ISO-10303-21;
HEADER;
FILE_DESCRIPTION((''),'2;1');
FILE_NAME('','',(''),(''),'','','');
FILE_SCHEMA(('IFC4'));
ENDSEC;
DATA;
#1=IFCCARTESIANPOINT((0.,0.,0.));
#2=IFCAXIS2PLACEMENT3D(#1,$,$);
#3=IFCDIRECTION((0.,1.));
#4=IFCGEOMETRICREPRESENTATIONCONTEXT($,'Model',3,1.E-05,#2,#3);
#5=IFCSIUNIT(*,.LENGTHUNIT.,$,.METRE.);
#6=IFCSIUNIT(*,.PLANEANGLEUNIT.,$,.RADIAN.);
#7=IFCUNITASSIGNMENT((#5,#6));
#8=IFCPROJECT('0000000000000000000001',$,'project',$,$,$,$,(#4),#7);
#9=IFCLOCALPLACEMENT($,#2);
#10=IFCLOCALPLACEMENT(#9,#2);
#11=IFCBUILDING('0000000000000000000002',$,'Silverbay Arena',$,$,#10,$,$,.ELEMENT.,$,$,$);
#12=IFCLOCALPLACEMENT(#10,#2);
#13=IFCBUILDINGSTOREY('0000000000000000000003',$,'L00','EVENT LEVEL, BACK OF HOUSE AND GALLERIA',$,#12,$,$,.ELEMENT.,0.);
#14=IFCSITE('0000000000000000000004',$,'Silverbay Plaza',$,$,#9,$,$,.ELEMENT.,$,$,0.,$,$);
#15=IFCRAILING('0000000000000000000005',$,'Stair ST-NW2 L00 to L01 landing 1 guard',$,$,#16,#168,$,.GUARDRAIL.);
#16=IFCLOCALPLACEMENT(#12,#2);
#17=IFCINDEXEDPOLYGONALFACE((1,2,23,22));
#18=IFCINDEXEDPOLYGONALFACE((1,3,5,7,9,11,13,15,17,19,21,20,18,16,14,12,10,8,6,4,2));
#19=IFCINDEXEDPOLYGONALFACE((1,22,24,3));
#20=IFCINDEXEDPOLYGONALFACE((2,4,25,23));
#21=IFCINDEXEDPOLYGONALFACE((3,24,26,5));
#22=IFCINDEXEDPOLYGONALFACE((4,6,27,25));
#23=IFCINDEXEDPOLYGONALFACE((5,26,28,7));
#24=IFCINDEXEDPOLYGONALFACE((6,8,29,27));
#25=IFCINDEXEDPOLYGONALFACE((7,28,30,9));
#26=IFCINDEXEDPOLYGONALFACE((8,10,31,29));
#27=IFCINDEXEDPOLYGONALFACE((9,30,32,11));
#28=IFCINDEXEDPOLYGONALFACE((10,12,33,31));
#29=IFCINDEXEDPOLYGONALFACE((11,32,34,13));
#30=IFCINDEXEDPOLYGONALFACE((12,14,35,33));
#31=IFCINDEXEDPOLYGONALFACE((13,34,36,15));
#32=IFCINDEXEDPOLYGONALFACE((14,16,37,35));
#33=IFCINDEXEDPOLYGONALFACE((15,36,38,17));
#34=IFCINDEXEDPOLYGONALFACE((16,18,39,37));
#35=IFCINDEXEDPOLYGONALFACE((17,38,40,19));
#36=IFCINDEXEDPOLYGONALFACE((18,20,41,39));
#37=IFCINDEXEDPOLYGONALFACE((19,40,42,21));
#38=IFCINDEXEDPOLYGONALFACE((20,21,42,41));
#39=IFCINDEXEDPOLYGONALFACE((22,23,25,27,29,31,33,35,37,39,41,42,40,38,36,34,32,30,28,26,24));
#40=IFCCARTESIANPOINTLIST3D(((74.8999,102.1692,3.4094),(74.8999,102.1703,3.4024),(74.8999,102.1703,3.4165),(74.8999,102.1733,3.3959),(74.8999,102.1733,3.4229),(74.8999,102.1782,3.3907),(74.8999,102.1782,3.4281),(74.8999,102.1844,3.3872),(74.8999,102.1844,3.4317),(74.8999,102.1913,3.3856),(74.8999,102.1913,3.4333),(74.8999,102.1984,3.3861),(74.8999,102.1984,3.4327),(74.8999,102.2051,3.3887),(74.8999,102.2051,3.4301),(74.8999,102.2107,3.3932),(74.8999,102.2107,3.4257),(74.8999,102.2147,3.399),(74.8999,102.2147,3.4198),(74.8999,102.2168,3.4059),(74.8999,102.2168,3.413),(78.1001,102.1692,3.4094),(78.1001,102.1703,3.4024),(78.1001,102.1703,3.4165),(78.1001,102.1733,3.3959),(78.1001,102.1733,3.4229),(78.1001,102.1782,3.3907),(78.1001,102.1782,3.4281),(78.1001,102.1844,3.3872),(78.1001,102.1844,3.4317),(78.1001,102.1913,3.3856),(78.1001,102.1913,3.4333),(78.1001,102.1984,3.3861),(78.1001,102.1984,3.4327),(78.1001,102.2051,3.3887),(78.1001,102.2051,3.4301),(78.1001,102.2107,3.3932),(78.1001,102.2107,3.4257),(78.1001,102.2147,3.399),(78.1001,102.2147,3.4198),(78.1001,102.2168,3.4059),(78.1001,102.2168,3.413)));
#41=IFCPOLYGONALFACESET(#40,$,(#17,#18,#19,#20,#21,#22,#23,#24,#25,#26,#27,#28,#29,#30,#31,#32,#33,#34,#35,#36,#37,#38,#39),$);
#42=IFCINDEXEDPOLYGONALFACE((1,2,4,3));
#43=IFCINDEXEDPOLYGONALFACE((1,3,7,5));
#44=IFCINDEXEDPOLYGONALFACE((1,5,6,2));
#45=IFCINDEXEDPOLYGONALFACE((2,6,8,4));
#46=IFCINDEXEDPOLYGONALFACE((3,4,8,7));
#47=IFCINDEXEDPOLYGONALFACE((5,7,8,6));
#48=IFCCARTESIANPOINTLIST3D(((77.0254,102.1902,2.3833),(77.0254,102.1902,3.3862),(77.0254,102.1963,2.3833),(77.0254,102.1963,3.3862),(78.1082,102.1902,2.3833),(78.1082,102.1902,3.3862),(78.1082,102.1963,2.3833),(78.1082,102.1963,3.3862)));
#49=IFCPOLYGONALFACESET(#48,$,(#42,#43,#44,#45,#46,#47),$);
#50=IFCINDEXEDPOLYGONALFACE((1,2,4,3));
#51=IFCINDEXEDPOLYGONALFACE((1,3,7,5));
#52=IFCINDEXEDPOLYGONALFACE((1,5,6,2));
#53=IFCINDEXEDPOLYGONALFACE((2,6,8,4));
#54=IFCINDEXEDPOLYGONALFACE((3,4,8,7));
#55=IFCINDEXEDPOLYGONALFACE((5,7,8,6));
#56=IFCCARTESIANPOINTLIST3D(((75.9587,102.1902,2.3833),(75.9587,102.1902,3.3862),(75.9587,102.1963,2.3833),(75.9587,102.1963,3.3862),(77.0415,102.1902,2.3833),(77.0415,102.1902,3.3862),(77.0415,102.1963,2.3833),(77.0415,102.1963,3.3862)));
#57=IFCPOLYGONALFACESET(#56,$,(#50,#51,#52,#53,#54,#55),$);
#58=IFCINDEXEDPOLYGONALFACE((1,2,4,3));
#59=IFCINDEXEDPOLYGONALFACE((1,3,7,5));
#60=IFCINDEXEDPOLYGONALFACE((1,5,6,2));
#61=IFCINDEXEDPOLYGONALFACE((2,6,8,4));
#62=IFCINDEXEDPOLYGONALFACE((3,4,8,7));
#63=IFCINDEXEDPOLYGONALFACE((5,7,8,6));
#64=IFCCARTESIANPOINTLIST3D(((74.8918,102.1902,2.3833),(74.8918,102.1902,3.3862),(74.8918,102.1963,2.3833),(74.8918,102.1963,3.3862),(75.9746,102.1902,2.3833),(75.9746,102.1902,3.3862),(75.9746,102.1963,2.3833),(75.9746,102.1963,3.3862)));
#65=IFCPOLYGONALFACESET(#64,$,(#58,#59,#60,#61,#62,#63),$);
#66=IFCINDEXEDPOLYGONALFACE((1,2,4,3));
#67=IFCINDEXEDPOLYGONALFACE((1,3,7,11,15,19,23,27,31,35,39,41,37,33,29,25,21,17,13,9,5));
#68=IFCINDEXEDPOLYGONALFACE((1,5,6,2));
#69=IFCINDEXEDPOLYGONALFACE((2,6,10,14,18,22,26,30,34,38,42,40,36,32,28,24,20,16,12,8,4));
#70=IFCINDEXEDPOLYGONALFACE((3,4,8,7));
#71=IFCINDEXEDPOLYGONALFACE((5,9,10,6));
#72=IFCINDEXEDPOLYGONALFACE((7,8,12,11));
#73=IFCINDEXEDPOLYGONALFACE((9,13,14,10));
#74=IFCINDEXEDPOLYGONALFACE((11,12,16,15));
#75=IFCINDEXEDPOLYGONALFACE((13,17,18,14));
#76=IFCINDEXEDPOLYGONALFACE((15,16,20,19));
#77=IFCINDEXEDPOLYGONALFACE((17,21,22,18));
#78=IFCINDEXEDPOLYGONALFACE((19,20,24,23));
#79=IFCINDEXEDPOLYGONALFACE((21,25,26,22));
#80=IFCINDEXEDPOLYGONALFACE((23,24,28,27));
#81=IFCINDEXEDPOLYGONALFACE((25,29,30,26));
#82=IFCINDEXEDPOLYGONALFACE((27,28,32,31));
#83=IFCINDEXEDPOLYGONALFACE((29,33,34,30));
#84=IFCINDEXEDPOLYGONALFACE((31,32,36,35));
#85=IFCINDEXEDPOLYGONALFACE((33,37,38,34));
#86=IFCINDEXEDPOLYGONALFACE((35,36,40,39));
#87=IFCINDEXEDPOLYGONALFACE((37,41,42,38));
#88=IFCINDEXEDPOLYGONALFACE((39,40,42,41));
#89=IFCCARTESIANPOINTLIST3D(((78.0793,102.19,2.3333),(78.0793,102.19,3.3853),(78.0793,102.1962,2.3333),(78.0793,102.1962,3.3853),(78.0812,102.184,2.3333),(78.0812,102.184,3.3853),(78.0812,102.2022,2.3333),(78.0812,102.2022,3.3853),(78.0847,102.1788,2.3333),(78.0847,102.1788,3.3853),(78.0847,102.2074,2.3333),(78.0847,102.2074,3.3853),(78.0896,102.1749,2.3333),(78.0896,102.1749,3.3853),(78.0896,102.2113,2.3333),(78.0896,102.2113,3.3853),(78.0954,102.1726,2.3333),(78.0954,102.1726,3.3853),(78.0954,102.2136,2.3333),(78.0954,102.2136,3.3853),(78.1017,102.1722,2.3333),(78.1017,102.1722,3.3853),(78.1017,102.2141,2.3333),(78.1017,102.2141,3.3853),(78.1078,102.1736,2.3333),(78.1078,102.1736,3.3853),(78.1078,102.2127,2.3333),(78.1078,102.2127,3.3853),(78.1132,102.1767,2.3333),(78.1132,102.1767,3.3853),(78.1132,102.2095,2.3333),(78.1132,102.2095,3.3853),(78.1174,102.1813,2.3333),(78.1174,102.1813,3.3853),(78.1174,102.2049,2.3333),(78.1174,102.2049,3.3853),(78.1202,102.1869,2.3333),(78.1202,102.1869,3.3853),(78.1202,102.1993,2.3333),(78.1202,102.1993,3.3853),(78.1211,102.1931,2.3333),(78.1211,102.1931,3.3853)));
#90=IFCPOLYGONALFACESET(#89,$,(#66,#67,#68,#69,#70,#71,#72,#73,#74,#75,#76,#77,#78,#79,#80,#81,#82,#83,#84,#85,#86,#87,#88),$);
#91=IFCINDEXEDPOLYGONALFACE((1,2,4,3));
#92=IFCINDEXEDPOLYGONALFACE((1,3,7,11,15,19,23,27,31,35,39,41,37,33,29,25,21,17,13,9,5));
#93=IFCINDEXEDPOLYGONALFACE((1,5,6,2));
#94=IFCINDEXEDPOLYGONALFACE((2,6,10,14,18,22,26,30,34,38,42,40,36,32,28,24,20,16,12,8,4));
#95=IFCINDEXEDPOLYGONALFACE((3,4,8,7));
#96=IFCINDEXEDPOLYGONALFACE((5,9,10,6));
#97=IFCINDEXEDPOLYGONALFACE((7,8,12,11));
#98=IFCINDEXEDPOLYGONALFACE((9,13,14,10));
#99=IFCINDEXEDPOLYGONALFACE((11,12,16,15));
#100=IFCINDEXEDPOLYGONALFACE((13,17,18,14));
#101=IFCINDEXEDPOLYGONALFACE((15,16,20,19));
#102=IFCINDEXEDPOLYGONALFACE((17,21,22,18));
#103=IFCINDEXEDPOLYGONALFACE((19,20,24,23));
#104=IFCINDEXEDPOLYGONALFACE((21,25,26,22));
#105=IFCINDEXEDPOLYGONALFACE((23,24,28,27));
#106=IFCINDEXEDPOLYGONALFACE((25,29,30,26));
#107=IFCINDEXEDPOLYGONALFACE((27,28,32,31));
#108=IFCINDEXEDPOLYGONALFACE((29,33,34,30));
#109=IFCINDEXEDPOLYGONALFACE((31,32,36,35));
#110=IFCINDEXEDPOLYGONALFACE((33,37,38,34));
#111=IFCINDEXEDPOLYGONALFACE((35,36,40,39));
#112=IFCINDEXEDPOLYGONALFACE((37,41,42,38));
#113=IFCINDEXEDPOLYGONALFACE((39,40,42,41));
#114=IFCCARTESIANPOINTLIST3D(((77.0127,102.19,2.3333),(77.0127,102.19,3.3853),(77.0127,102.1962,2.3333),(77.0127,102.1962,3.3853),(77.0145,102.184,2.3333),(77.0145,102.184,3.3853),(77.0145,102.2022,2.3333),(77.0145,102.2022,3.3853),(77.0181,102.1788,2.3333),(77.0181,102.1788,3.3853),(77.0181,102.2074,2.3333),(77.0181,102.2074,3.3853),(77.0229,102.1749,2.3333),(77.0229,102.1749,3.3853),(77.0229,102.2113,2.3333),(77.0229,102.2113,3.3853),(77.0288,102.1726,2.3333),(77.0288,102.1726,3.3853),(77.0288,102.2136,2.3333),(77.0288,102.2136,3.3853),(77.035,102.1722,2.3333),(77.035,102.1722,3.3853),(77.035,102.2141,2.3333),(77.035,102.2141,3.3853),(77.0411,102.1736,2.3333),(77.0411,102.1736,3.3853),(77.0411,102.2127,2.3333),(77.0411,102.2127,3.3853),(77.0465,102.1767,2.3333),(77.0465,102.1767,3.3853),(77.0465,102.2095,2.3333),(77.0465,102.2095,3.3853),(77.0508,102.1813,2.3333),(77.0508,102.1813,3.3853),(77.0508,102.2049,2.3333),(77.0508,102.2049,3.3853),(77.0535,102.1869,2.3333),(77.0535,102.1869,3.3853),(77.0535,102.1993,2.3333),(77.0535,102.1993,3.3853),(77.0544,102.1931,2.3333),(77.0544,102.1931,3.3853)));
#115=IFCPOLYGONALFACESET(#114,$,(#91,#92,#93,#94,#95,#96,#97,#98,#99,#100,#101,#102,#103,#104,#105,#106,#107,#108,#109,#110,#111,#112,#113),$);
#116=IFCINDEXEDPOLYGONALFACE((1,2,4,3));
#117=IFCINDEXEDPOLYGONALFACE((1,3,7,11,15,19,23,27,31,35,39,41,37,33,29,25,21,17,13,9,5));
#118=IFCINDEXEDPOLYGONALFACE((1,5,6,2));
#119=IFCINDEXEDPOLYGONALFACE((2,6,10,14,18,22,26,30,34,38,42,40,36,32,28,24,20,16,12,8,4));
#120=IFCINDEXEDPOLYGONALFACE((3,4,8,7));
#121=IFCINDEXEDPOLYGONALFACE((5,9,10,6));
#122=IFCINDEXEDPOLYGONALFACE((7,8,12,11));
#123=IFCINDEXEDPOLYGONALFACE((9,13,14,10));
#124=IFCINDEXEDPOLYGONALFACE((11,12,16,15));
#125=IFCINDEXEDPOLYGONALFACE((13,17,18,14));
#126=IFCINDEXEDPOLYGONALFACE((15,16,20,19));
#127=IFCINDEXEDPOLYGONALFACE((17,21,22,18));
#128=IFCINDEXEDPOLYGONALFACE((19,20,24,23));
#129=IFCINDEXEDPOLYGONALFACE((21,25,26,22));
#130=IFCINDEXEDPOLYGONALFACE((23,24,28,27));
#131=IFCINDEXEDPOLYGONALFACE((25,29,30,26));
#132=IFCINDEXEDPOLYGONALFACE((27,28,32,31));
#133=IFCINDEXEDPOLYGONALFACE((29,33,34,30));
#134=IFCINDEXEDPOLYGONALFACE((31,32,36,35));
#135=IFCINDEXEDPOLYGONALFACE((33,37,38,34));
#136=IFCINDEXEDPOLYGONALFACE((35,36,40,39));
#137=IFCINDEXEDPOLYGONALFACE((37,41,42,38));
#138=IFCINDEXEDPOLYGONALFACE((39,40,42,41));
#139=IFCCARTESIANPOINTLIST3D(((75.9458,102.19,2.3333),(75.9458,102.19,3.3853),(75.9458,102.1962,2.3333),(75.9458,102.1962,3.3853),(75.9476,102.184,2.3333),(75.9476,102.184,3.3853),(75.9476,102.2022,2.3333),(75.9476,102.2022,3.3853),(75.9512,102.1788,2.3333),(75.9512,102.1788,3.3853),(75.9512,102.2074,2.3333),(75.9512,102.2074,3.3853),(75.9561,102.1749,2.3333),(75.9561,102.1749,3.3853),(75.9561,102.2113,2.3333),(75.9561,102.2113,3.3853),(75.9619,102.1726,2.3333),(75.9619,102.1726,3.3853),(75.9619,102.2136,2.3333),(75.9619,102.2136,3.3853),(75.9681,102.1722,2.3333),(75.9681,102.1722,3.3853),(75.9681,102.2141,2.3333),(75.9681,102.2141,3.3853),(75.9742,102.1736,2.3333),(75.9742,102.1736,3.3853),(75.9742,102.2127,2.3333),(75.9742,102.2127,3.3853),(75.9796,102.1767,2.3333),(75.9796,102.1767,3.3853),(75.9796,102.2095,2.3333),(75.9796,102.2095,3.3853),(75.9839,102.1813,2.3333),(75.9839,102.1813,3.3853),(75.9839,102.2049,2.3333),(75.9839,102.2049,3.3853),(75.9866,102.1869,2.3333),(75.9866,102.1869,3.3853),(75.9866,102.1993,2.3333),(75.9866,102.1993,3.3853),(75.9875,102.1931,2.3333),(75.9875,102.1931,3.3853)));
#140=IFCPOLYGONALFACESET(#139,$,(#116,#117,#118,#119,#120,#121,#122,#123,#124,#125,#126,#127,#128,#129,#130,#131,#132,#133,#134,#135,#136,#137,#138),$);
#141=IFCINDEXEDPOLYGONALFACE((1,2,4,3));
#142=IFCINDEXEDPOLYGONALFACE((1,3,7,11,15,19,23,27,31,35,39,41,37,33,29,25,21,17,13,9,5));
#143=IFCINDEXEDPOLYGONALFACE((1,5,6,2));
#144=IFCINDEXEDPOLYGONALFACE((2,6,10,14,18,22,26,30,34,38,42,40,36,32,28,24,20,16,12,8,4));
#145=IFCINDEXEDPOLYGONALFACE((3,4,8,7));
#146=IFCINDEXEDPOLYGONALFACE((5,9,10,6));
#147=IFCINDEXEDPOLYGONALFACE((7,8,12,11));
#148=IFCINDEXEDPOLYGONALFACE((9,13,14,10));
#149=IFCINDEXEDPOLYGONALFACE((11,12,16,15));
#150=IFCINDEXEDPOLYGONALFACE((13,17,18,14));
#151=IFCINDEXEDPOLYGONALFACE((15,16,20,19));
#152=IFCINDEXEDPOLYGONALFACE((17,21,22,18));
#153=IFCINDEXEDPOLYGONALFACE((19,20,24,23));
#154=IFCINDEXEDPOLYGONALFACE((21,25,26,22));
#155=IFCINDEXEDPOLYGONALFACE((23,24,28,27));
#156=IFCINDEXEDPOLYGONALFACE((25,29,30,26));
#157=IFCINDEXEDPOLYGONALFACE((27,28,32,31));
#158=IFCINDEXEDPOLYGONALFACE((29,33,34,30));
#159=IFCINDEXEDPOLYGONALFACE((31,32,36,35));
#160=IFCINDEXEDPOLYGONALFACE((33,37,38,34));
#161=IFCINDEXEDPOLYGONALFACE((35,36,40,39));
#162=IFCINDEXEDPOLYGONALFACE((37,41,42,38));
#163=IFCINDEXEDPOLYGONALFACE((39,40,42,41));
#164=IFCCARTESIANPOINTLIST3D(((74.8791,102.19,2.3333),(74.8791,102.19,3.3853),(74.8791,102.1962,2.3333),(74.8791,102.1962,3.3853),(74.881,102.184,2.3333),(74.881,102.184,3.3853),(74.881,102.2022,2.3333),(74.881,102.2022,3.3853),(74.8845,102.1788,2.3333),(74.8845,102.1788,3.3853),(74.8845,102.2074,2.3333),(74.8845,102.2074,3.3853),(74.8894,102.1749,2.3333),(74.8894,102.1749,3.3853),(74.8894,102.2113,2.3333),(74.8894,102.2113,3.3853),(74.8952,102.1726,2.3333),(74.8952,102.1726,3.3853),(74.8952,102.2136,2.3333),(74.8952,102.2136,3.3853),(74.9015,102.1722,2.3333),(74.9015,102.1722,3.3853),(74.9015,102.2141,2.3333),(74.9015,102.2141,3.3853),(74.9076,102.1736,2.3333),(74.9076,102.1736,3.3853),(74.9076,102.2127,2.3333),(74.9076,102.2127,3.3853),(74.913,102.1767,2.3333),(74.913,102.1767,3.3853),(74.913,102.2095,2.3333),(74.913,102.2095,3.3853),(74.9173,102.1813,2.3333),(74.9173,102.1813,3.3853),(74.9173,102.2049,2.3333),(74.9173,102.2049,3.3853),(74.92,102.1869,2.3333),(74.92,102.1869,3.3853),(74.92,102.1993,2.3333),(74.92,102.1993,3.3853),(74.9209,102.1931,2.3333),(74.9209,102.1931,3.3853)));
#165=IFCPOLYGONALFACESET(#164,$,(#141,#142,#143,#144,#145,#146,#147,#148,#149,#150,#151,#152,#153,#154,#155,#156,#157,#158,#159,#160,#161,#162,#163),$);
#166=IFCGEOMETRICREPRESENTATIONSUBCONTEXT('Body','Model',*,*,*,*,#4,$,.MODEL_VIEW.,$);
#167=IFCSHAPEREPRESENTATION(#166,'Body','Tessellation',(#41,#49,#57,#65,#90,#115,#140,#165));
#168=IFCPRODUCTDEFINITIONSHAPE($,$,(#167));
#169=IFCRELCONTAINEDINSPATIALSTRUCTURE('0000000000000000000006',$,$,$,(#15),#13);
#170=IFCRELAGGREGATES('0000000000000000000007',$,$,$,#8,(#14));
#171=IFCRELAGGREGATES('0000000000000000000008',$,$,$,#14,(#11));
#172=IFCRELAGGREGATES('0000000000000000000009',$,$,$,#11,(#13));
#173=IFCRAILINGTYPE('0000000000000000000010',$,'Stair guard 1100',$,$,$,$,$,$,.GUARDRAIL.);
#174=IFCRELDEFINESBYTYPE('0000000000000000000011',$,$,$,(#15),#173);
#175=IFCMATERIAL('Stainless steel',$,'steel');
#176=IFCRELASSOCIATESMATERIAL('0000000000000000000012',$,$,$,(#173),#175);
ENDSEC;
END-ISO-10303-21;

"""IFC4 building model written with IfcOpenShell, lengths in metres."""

from ifc_helpers import new_model, si_unit, direction, frame, origin, origin_2d, place, context, subcontext, project, spatial, polyline, circle, outline, extrude, material, type_object, element, save


model = new_model("IFC4")

# Units and contexts
model_context = context("Model", 3, precision=1e-05, world=origin(), true_north=direction((0.0, 1.0)))
body_context = subcontext(model_context, "Body", "Model", "MODEL_VIEW")
ifc_project = project(units=[si_unit("LENGTHUNIT", "METRE"), si_unit("PLANEANGLEUNIT", "RADIAN")], contexts=[model_context])

# Site, building, storey
site_placement = place(None, origin())
site = spatial("IfcSite", under=ifc_project, at=site_placement, Name="Silverbay Plaza", CompositionType="ELEMENT", RefElevation=0.0)
building_placement = place(site_placement, origin())
building = spatial("IfcBuilding", under=site, at=building_placement, Name="Silverbay Arena", CompositionType="ELEMENT")
storey_placement = place(building_placement, origin())
storey = spatial("IfcBuildingStorey", under=building, at=storey_placement, Name="L00", Description="EVENT LEVEL, BACK OF HOUSE AND GALLERIA", CompositionType="ELEMENT", Elevation=0.0)

# Railing
ifc_material_1 = material(Name="Stainless steel", Category="steel")
railing_type_1 = type_object("IfcRailingType", Name="Stair guard 1100", PredefinedType="GUARDRAIL", material=ifc_material_1)
railing_1_placement = place(storey_placement, frame((78.1001, 102.1931, 2.3333)))
element("IfcRailing", 1, at=railing_1_placement, inside=storey, type_object=railing_type_1, Name="Stair ST-NW2 L00 to L01 landing 1 guard", PredefinedType="GUARDRAIL", context=body_context, shape_type="SweptSolid", body=[
    extrude(circle(Radius=0.0239, at=origin_2d()), frame((0.0, 0.0, 1.0762), z_axis=(-1.0, 0.0, 0.0), x_axis=(0.0, -1.0, 0.0)), (0.0, 0.0, 1.0), 3.2002),
    extrude(outline(polyline([(-0.0081, 0.05), (1.0747, 0.05), (1.0747, 1.053), (-0.0081, 1.053), (-0.0081, 0.05)])), frame((0.0, -0.0029, 0.0), z_axis=(0.0, 1.0, 0.0), x_axis=(-1.0, 0.0, 0.0)), (0.0, 0.0, 1.0), 0.0061),
    extrude(outline(polyline([(-0.0081, 0.05), (1.0747, 0.05), (1.0747, 1.053), (-0.0081, 1.053), (-0.0081, 0.05)])), frame((-1.0667, -0.0029, 0.0), z_axis=(0.0, 1.0, 0.0), x_axis=(-1.0, 0.0, 0.0)), (0.0, 0.0, 1.0), 0.0061),
    extrude(outline(polyline([(-0.0081, 0.05), (1.0747, 0.05), (1.0747, 1.053), (-0.0081, 1.053), (-0.0081, 0.05)])), frame((-2.1335, -0.0029, 0.0), z_axis=(0.0, 1.0, 0.0), x_axis=(-1.0, 0.0, 0.0)), (0.0, 0.0, 1.0), 0.0061),
    extrude(circle(Radius=0.021, at=origin_2d()), origin(), (0.0, 0.0, 1.0), 1.052),
    extrude(circle(Radius=0.021, at=origin_2d()), frame((-1.0667, 0.0, 0.0)), (0.0, 0.0, 1.0), 1.052),
    extrude(circle(Radius=0.021, at=origin_2d()), frame((-2.1335, 0.0, 0.0)), (0.0, 0.0, 1.0), 1.052),
    extrude(circle(Radius=0.021, at=origin_2d()), frame((-3.2002, 0.0, 0.0)), (0.0, 0.0, 1.0), 1.052),
])

save(model, "model.ifc")
